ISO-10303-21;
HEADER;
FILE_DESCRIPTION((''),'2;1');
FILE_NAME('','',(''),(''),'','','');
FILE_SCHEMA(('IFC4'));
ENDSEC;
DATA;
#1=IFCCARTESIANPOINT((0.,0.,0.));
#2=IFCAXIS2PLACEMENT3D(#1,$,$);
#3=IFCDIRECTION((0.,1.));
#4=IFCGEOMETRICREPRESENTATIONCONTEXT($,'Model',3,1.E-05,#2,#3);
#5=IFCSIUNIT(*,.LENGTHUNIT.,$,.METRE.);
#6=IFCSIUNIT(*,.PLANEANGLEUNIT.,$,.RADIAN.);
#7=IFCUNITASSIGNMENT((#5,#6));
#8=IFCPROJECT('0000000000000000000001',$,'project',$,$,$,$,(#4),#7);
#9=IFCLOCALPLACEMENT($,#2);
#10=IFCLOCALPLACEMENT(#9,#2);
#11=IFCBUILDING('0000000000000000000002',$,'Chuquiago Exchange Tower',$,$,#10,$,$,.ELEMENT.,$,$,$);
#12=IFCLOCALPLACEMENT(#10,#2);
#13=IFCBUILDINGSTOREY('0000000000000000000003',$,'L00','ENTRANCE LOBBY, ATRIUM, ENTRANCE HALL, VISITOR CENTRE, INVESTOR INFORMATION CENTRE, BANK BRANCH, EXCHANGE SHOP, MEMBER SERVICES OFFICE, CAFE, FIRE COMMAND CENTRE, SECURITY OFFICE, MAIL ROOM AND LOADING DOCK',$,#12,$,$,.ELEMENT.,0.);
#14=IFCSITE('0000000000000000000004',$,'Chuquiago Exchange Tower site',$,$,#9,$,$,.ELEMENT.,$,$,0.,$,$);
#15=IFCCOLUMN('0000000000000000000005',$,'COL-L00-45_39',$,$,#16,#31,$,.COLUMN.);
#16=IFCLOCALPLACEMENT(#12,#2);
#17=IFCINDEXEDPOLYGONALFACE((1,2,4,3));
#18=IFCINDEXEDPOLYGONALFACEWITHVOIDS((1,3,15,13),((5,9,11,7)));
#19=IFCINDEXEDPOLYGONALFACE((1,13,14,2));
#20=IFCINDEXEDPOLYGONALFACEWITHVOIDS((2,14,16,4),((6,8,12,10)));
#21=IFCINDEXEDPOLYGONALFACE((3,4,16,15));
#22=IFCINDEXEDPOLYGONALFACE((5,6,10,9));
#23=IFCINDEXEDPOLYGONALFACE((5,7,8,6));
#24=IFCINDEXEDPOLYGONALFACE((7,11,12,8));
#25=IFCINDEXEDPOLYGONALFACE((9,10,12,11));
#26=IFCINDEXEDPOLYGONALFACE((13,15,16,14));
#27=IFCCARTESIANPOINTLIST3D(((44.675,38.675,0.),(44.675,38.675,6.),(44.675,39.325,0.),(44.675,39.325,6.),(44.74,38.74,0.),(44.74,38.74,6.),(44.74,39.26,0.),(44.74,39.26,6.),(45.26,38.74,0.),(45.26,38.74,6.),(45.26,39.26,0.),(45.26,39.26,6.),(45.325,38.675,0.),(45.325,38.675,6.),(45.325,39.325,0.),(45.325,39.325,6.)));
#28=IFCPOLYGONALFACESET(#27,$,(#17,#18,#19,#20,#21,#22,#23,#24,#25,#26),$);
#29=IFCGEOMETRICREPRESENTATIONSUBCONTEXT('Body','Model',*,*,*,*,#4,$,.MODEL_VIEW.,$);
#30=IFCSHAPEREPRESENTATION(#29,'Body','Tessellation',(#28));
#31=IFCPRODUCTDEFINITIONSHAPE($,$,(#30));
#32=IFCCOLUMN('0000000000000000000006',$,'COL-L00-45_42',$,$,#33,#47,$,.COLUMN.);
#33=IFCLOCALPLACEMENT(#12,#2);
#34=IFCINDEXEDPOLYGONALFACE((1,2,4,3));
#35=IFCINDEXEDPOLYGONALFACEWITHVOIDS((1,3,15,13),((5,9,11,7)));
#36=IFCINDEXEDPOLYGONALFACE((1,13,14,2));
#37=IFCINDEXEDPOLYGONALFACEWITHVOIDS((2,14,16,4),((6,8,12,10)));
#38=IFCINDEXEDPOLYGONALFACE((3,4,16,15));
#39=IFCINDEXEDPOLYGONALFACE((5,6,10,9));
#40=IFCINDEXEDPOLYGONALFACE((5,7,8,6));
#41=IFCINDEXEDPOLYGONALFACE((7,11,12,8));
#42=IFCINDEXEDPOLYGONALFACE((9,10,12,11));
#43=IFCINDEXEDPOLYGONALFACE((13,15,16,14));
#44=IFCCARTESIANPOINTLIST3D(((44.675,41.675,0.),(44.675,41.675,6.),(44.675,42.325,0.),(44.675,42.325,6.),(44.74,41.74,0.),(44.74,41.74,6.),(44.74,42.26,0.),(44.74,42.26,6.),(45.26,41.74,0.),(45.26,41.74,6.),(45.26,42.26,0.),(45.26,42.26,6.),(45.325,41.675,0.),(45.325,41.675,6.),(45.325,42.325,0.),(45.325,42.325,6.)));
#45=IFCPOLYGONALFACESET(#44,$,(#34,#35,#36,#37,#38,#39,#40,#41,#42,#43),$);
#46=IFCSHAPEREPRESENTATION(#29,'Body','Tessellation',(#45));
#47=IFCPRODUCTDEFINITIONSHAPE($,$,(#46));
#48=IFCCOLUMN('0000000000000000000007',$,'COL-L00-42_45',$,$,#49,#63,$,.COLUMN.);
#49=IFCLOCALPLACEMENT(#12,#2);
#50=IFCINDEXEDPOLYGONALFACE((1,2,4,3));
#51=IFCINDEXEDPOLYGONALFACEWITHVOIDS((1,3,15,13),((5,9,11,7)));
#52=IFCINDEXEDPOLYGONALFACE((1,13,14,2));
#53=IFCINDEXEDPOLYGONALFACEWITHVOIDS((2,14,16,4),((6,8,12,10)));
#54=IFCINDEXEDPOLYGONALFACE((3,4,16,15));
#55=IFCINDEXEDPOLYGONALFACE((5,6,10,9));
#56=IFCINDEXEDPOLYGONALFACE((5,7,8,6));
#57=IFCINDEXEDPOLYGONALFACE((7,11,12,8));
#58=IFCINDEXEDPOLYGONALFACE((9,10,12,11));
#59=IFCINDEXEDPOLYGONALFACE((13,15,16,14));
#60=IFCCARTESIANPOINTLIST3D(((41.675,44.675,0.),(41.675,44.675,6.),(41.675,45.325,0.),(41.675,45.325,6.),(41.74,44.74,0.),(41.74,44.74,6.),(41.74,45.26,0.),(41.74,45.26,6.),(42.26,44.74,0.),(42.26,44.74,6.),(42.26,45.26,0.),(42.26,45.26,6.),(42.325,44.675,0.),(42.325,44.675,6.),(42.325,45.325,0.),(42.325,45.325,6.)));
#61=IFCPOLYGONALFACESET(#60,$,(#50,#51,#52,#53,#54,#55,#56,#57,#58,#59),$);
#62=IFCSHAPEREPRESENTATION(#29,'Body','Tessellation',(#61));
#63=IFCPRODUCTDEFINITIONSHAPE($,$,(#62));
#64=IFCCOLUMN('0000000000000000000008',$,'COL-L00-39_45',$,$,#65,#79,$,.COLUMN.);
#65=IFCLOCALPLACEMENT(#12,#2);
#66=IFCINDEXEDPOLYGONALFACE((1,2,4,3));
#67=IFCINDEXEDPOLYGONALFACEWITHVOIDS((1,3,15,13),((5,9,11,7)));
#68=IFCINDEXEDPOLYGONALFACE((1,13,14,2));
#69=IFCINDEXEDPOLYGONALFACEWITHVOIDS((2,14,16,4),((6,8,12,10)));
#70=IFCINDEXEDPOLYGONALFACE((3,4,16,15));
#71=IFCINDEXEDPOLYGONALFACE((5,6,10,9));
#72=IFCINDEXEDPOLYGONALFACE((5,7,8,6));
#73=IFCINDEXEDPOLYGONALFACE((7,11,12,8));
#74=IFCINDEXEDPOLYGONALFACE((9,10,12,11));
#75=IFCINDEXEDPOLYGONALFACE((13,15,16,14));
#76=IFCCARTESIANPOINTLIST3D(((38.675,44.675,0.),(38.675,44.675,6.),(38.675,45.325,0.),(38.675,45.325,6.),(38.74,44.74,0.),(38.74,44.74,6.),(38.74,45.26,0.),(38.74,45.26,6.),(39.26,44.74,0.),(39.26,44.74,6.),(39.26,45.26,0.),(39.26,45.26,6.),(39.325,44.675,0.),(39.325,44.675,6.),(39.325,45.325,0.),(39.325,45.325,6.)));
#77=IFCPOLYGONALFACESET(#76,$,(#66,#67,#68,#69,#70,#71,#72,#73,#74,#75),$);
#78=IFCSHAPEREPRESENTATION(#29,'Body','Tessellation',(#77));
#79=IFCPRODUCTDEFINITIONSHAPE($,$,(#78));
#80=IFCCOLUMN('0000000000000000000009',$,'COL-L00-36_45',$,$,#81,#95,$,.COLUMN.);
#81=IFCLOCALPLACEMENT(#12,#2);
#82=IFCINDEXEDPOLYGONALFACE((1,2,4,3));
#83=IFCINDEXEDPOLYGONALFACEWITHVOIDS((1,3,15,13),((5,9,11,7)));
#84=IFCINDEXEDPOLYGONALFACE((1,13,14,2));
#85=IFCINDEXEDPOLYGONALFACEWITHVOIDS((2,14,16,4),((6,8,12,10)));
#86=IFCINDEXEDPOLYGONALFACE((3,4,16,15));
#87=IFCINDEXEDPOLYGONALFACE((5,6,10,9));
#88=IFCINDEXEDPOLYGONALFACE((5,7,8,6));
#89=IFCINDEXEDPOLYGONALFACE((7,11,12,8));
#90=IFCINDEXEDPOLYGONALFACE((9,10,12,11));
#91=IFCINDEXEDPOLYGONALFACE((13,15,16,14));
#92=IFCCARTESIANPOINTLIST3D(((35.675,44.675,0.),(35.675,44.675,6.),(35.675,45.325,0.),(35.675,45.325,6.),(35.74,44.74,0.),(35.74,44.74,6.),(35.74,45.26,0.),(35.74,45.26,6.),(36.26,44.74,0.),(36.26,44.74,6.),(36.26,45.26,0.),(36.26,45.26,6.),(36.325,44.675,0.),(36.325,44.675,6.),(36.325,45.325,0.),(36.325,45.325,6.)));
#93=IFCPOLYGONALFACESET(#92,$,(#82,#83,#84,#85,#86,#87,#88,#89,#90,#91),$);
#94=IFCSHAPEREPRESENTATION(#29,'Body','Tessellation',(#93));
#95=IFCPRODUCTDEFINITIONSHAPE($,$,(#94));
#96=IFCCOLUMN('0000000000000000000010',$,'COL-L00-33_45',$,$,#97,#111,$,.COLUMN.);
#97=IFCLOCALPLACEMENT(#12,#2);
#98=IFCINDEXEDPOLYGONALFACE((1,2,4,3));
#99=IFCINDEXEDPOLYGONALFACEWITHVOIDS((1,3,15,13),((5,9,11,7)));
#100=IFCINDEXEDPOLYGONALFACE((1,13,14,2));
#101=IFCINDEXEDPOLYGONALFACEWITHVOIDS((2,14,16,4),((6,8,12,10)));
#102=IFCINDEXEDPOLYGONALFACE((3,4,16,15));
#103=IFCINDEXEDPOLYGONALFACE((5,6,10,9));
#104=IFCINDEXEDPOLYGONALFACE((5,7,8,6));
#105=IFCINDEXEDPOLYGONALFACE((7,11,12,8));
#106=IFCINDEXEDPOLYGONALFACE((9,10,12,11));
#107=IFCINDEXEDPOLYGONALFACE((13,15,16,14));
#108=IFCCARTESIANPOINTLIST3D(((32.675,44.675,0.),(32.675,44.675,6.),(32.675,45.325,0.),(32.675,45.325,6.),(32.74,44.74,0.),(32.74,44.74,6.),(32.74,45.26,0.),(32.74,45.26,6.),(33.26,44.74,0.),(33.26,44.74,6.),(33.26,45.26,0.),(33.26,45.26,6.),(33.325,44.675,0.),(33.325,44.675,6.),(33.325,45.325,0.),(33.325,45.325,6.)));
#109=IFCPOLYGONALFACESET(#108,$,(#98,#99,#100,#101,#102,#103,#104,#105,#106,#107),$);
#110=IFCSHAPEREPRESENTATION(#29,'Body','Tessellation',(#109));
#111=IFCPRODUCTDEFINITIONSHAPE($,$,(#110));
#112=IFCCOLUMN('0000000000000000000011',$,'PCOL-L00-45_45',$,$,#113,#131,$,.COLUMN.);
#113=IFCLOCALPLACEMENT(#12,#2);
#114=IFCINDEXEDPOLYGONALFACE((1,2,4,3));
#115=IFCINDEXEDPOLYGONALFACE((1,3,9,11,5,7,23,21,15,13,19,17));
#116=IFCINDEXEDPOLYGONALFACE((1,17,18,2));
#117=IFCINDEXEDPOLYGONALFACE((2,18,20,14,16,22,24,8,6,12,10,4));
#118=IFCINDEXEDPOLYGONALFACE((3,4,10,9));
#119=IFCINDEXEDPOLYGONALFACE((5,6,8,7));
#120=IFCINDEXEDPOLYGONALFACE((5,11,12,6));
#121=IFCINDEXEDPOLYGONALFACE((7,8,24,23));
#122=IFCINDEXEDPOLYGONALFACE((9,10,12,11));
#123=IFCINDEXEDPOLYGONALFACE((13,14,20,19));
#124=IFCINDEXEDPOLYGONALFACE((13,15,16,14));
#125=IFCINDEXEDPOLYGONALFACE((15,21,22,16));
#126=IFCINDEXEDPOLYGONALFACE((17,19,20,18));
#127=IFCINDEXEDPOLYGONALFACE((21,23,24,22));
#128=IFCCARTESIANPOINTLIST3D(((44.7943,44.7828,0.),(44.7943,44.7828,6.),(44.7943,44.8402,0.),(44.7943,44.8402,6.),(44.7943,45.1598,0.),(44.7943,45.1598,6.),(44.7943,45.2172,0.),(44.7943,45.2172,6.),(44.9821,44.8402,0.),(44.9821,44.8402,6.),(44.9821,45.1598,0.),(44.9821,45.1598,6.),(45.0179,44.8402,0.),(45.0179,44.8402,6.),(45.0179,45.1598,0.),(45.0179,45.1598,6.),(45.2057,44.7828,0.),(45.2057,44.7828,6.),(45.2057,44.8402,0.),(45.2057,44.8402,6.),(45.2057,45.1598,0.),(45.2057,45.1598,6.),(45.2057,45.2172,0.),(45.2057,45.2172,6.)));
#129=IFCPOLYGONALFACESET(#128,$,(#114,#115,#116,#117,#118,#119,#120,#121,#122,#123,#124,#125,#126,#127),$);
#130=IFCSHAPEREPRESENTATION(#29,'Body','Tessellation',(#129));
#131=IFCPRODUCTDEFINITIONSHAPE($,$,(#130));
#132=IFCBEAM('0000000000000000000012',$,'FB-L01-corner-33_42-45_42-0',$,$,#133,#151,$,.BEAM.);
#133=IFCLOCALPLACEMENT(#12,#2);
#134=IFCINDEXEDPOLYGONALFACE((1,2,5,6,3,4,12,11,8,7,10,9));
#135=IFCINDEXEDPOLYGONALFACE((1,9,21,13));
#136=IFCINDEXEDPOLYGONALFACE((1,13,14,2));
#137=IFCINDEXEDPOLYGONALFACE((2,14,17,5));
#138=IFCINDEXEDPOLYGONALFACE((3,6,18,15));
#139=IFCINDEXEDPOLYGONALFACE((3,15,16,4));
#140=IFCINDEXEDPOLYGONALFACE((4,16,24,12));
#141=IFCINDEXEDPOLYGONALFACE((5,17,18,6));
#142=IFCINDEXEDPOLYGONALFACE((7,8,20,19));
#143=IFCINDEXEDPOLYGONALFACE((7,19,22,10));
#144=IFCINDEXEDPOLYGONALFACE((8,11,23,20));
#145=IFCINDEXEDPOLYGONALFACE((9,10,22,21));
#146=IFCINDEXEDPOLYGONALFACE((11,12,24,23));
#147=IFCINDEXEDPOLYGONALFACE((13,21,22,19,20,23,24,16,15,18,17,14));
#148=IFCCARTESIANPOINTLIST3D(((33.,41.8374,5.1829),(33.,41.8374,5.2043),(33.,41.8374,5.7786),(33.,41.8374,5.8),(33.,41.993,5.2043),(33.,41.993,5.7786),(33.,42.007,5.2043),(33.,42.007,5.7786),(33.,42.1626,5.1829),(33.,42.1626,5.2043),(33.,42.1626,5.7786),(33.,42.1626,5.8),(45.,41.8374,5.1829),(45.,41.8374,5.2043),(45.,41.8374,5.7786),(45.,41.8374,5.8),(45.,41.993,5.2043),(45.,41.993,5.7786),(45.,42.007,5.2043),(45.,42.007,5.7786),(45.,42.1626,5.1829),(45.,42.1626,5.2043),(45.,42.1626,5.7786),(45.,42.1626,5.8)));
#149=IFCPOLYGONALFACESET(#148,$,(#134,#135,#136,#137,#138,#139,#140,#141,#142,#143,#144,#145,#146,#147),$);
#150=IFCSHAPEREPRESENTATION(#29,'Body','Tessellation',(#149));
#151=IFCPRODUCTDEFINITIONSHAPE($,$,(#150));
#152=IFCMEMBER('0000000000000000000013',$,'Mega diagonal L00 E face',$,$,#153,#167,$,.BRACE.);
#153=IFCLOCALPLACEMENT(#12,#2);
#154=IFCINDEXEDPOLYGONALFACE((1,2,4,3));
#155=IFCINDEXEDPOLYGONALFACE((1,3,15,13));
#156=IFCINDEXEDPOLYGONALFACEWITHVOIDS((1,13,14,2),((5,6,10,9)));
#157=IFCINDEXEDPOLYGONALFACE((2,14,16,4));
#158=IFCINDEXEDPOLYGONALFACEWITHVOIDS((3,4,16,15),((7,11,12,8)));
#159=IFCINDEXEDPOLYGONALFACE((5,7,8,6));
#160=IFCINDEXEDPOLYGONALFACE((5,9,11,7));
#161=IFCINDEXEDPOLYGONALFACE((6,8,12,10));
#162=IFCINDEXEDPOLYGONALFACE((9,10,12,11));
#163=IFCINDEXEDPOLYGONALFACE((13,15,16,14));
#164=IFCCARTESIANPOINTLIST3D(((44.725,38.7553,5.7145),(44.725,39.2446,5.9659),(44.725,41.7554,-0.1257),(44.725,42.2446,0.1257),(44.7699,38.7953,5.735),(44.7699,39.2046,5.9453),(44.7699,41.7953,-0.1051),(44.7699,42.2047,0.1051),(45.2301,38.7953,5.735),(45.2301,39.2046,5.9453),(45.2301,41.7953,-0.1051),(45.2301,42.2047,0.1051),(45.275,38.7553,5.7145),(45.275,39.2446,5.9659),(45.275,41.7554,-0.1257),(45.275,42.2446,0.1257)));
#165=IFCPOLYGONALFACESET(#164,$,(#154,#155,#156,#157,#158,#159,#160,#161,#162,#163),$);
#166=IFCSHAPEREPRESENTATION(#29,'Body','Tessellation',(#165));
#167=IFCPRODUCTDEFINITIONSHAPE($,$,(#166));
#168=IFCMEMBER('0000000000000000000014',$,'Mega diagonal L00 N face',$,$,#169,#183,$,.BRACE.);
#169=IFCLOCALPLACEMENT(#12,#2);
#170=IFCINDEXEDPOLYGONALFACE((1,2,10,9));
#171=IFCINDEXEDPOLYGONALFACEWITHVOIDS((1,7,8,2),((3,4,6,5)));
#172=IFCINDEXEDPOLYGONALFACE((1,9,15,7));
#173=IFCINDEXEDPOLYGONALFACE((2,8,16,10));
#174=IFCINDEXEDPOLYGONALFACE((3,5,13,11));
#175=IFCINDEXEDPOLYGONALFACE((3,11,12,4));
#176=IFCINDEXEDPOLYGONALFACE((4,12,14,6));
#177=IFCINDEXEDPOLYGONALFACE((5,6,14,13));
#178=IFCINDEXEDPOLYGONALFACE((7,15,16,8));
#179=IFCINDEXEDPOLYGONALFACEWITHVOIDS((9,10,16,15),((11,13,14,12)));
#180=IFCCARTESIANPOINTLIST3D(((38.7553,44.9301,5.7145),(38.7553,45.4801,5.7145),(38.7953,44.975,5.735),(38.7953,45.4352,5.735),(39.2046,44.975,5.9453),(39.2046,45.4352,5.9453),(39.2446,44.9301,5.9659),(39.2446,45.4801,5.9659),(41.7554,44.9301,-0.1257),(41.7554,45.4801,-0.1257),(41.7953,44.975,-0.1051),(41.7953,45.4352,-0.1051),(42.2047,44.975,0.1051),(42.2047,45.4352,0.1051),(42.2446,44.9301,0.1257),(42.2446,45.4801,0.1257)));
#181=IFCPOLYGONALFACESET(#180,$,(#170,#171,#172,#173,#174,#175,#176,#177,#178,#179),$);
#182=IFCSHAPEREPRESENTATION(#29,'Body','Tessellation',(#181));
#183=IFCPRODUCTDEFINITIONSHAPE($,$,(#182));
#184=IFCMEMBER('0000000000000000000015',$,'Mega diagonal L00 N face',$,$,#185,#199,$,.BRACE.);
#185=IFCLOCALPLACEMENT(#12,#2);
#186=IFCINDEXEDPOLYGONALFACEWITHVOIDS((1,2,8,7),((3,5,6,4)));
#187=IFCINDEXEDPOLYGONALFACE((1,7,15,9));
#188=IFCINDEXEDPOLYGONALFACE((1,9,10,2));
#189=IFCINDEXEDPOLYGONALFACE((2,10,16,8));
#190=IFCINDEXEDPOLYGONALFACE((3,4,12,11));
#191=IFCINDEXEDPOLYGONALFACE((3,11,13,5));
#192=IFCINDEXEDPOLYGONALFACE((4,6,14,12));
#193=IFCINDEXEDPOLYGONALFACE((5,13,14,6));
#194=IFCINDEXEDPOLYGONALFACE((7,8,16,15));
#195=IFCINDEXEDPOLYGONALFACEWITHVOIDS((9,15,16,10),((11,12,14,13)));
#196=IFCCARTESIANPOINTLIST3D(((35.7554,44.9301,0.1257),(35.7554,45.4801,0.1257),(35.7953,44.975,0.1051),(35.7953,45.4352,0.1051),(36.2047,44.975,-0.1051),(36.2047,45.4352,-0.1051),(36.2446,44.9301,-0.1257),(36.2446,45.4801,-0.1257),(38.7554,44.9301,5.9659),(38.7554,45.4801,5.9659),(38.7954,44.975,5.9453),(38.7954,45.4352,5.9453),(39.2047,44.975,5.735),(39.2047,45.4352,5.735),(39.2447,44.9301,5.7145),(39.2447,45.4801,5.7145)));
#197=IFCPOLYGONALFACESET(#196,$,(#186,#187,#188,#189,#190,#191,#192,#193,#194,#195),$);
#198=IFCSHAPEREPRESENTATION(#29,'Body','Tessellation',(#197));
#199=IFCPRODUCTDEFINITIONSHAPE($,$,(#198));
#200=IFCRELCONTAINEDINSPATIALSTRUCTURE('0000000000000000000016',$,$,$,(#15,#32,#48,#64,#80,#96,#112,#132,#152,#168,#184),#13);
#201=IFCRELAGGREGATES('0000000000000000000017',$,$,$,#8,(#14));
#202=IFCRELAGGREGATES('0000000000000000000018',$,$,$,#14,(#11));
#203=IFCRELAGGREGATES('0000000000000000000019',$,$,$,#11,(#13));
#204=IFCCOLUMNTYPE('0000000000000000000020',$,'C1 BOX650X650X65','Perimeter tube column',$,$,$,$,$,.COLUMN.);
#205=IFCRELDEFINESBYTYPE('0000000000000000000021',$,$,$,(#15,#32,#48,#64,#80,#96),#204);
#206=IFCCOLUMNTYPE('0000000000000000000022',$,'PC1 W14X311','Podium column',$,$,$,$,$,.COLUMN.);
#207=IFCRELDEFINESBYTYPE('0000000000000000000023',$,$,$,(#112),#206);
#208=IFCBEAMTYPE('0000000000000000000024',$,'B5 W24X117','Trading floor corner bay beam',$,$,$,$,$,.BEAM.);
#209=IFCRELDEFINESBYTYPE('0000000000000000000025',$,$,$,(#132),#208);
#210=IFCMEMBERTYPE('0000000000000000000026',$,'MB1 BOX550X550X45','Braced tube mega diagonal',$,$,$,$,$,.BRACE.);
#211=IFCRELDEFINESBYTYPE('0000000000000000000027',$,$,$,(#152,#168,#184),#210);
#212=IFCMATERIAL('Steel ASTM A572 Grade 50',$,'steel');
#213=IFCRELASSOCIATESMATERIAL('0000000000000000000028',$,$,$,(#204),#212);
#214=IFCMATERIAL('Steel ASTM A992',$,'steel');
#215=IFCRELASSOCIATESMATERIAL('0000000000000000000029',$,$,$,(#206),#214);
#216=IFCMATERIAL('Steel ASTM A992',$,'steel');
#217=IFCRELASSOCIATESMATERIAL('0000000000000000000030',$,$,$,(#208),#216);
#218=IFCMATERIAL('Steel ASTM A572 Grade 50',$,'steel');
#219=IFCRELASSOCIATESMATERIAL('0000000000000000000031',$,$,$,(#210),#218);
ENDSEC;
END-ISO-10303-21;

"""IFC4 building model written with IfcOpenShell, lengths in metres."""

from ifc_helpers import new_model, si_unit, direction, frame, origin, origin_2d, place, context, subcontext, project, spatial, hollow_rectangle, i_section, extrude, material, material_profile, profile_set, type_object, element, save


model = new_model("IFC4")

# Units and contexts
model_context = context("Model", 3, precision=1e-05, world=origin(), true_north=direction((0.0, 1.0)))
body_context = subcontext(model_context, "Body", "Model", "MODEL_VIEW")
ifc_project = project(units=[si_unit("LENGTHUNIT", "METRE"), si_unit("PLANEANGLEUNIT", "RADIAN")], contexts=[model_context])

# Site, building, storey
site_placement = place(None, origin())
site = spatial("IfcSite", under=ifc_project, at=site_placement, Name="Chuquiago Exchange Tower site", CompositionType="ELEMENT", RefElevation=0.0)
building_placement = place(site_placement, origin())
building = spatial("IfcBuilding", under=site, at=building_placement, Name="Chuquiago Exchange Tower", CompositionType="ELEMENT")
storey_placement = place(building_placement, origin())
storey = spatial("IfcBuildingStorey", under=building, at=storey_placement, Name="L00", Description="ENTRANCE LOBBY, ATRIUM, ENTRANCE HALL, VISITOR CENTRE, INVESTOR INFORMATION CENTRE, BANK BRANCH, EXCHANGE SHOP, MEMBER SERVICES OFFICE, CAFE, FIRE COMMAND CENTRE, SECURITY OFFICE, MAIL ROOM AND LOADING DOCK", CompositionType="ELEMENT", Elevation=0.0)

# Columns
ifc_material_1 = material(Name="Steel ASTM A572 Grade 50", Category="steel")
ifc_material_profile_1 = material_profile(ifc_material_1, hollow_rectangle(XDim=0.6499, YDim=0.6499, WallThickness=0.0649, at=origin_2d()), Name="BOX650X650X65")
ifc_profile_set_1 = profile_set([ifc_material_profile_1], Name="Steel ASTM A572 Grade 50")
column_type_1 = type_object("IfcColumnType", Name="C1 BOX650X650X65", Description="Perimeter tube column", PredefinedType="COLUMN", material=ifc_profile_set_1)
for number, where, z_axis, x_axis, name in (
    (1, (45.0, 39.0, 0.0), (0.0, 0.0, 1.0), (1.0, 0.0, 0.0), "COL-L00-45_39"),
    (2, (45.0, 42.0, 0.0), (0.0, 0.0, 1.0), (1.0, 0.0, 0.0), "COL-L00-45_42"),
    (3, (42.0, 45.0, 0.0), (0.0, 0.0, 1.0), (0.0, 1.0, 0.0), "COL-L00-42_45"),
    (4, (39.0, 45.0, 0.0), (0.0, 0.0, 1.0), (0.0, 1.0, 0.0), "COL-L00-39_45"),
    (5, (36.0, 45.0, 0.0), (0.0, 0.0, 1.0), (0.0, 1.0, 0.0), "COL-L00-36_45"),
    (6, (33.0, 45.0, 0.0), (0.0, 0.0, 1.0), (0.0, 1.0, 0.0), "COL-L00-33_45"),
):
    element("IfcColumn", number, at=place(storey_placement, frame(where, z_axis=z_axis, x_axis=x_axis)), inside=storey, type_object=column_type_1, Name=name, PredefinedType="COLUMN", context=body_context, shape_type="SweptSolid", body=[
        extrude(hollow_rectangle(XDim=0.6499, YDim=0.6499, WallThickness=0.0649, at=origin_2d()), origin(), (0.0, 0.0, 1.0), 6.0),
    ])
ifc_material_2 = material(Name="Steel ASTM A992", Category="steel")
ifc_material_profile_2 = material_profile(ifc_material_2, i_section(OverallWidth=0.4114, OverallDepth=0.4343, WebThickness=0.0359, FlangeThickness=0.0574, at=origin_2d()), Name="W14X311")
ifc_profile_set_2 = profile_set([ifc_material_profile_2], Name="Steel ASTM A992")
column_type_2 = type_object("IfcColumnType", Name="PC1 W14X311", Description="Podium column", PredefinedType="COLUMN", material=ifc_profile_set_2)
column_placement = place(storey_placement, frame((45.0, 45.0, 0.0), z_axis=(0.0, 0.0, 1.0), x_axis=(1.0, 0.0, 0.0)))
element("IfcColumn", 7, at=column_placement, inside=storey, type_object=column_type_2, Name="PCOL-L00-45_45", PredefinedType="COLUMN", context=body_context, shape_type="SweptSolid", body=[
    extrude(i_section(OverallWidth=0.4114, OverallDepth=0.4343, WebThickness=0.0359, FlangeThickness=0.0574, at=origin_2d()), origin(), (0.0, 0.0, 1.0), 6.0),
])

# Beam
ifc_material_3 = material(Name="Steel ASTM A992", Category="steel")
ifc_material_profile_3 = material_profile(ifc_material_3, i_section(OverallWidth=0.3252, OverallDepth=0.6172, WebThickness=0.0139, FlangeThickness=0.0215, at=origin_2d()), Name="W24X117")
ifc_profile_set_3 = profile_set([ifc_material_profile_3], Name="Steel ASTM A992")
beam_type_1 = type_object("IfcBeamType", Name="B5 W24X117", Description="Trading floor corner bay beam", PredefinedType="BEAM", material=ifc_profile_set_3)
beam_1_placement = place(storey_placement, frame((33.0, 42.0, 5.4915), z_axis=(1.0, 0.0, 0.0), x_axis=(0.0, 1.0, 0.0)))
element("IfcBeam", 8, at=beam_1_placement, inside=storey, type_object=beam_type_1, Name="FB-L01-corner-33_42-45_42-0", PredefinedType="BEAM", context=body_context, shape_type="SweptSolid", body=[
    extrude(i_section(OverallWidth=0.3252, OverallDepth=0.6172, WebThickness=0.0139, FlangeThickness=0.0215, at=origin_2d()), origin(), (0.0, 0.0, 1.0), 12.0),
])

# Members
ifc_material_4 = material(Name="Steel ASTM A572 Grade 50", Category="steel")
ifc_material_profile_4 = material_profile(ifc_material_4, hollow_rectangle(XDim=0.55, YDim=0.55, WallThickness=0.0449, at=origin_2d()), Name="BOX550X550X45")
ifc_profile_set_4 = profile_set([ifc_material_profile_4], Name="Steel ASTM A572 Grade 50")
member_type = type_object("IfcMemberType", Name="MB1 BOX550X550X45", Description="Braced tube mega diagonal", PredefinedType="BRACE", material=ifc_profile_set_4)
for number, where, z_axis, x_axis, name in (
    (9, (45.0, 42.0, 0.0), (0.0, -0.45693, 0.889503), (1.0, 0.0, 0.0), "Mega diagonal L00 E face"),
    (10, (42.0, 45.2051, 0.0), (-0.45693, 0.0, 0.889503), (0.0, -1.0, 0.0), "Mega diagonal L00 N face"),
    (11, (36.0, 45.2051, 0.0), (0.45693, 0.0, 0.889503), (0.0, 1.0, 0.0), "Mega diagonal L00 N face"),
):
    element("IfcMember", number, at=place(storey_placement, frame(where, z_axis=z_axis, x_axis=x_axis)), inside=storey, type_object=member_type, Name=name, PredefinedType="BRACE", context=body_context, shape_type="SweptSolid", body=[
        extrude(hollow_rectangle(XDim=0.55, YDim=0.55, WallThickness=0.0449, at=origin_2d()), origin(), (0.0, 0.0, 1.0), 6.5657),
    ])

save(model, "model.ifc")
